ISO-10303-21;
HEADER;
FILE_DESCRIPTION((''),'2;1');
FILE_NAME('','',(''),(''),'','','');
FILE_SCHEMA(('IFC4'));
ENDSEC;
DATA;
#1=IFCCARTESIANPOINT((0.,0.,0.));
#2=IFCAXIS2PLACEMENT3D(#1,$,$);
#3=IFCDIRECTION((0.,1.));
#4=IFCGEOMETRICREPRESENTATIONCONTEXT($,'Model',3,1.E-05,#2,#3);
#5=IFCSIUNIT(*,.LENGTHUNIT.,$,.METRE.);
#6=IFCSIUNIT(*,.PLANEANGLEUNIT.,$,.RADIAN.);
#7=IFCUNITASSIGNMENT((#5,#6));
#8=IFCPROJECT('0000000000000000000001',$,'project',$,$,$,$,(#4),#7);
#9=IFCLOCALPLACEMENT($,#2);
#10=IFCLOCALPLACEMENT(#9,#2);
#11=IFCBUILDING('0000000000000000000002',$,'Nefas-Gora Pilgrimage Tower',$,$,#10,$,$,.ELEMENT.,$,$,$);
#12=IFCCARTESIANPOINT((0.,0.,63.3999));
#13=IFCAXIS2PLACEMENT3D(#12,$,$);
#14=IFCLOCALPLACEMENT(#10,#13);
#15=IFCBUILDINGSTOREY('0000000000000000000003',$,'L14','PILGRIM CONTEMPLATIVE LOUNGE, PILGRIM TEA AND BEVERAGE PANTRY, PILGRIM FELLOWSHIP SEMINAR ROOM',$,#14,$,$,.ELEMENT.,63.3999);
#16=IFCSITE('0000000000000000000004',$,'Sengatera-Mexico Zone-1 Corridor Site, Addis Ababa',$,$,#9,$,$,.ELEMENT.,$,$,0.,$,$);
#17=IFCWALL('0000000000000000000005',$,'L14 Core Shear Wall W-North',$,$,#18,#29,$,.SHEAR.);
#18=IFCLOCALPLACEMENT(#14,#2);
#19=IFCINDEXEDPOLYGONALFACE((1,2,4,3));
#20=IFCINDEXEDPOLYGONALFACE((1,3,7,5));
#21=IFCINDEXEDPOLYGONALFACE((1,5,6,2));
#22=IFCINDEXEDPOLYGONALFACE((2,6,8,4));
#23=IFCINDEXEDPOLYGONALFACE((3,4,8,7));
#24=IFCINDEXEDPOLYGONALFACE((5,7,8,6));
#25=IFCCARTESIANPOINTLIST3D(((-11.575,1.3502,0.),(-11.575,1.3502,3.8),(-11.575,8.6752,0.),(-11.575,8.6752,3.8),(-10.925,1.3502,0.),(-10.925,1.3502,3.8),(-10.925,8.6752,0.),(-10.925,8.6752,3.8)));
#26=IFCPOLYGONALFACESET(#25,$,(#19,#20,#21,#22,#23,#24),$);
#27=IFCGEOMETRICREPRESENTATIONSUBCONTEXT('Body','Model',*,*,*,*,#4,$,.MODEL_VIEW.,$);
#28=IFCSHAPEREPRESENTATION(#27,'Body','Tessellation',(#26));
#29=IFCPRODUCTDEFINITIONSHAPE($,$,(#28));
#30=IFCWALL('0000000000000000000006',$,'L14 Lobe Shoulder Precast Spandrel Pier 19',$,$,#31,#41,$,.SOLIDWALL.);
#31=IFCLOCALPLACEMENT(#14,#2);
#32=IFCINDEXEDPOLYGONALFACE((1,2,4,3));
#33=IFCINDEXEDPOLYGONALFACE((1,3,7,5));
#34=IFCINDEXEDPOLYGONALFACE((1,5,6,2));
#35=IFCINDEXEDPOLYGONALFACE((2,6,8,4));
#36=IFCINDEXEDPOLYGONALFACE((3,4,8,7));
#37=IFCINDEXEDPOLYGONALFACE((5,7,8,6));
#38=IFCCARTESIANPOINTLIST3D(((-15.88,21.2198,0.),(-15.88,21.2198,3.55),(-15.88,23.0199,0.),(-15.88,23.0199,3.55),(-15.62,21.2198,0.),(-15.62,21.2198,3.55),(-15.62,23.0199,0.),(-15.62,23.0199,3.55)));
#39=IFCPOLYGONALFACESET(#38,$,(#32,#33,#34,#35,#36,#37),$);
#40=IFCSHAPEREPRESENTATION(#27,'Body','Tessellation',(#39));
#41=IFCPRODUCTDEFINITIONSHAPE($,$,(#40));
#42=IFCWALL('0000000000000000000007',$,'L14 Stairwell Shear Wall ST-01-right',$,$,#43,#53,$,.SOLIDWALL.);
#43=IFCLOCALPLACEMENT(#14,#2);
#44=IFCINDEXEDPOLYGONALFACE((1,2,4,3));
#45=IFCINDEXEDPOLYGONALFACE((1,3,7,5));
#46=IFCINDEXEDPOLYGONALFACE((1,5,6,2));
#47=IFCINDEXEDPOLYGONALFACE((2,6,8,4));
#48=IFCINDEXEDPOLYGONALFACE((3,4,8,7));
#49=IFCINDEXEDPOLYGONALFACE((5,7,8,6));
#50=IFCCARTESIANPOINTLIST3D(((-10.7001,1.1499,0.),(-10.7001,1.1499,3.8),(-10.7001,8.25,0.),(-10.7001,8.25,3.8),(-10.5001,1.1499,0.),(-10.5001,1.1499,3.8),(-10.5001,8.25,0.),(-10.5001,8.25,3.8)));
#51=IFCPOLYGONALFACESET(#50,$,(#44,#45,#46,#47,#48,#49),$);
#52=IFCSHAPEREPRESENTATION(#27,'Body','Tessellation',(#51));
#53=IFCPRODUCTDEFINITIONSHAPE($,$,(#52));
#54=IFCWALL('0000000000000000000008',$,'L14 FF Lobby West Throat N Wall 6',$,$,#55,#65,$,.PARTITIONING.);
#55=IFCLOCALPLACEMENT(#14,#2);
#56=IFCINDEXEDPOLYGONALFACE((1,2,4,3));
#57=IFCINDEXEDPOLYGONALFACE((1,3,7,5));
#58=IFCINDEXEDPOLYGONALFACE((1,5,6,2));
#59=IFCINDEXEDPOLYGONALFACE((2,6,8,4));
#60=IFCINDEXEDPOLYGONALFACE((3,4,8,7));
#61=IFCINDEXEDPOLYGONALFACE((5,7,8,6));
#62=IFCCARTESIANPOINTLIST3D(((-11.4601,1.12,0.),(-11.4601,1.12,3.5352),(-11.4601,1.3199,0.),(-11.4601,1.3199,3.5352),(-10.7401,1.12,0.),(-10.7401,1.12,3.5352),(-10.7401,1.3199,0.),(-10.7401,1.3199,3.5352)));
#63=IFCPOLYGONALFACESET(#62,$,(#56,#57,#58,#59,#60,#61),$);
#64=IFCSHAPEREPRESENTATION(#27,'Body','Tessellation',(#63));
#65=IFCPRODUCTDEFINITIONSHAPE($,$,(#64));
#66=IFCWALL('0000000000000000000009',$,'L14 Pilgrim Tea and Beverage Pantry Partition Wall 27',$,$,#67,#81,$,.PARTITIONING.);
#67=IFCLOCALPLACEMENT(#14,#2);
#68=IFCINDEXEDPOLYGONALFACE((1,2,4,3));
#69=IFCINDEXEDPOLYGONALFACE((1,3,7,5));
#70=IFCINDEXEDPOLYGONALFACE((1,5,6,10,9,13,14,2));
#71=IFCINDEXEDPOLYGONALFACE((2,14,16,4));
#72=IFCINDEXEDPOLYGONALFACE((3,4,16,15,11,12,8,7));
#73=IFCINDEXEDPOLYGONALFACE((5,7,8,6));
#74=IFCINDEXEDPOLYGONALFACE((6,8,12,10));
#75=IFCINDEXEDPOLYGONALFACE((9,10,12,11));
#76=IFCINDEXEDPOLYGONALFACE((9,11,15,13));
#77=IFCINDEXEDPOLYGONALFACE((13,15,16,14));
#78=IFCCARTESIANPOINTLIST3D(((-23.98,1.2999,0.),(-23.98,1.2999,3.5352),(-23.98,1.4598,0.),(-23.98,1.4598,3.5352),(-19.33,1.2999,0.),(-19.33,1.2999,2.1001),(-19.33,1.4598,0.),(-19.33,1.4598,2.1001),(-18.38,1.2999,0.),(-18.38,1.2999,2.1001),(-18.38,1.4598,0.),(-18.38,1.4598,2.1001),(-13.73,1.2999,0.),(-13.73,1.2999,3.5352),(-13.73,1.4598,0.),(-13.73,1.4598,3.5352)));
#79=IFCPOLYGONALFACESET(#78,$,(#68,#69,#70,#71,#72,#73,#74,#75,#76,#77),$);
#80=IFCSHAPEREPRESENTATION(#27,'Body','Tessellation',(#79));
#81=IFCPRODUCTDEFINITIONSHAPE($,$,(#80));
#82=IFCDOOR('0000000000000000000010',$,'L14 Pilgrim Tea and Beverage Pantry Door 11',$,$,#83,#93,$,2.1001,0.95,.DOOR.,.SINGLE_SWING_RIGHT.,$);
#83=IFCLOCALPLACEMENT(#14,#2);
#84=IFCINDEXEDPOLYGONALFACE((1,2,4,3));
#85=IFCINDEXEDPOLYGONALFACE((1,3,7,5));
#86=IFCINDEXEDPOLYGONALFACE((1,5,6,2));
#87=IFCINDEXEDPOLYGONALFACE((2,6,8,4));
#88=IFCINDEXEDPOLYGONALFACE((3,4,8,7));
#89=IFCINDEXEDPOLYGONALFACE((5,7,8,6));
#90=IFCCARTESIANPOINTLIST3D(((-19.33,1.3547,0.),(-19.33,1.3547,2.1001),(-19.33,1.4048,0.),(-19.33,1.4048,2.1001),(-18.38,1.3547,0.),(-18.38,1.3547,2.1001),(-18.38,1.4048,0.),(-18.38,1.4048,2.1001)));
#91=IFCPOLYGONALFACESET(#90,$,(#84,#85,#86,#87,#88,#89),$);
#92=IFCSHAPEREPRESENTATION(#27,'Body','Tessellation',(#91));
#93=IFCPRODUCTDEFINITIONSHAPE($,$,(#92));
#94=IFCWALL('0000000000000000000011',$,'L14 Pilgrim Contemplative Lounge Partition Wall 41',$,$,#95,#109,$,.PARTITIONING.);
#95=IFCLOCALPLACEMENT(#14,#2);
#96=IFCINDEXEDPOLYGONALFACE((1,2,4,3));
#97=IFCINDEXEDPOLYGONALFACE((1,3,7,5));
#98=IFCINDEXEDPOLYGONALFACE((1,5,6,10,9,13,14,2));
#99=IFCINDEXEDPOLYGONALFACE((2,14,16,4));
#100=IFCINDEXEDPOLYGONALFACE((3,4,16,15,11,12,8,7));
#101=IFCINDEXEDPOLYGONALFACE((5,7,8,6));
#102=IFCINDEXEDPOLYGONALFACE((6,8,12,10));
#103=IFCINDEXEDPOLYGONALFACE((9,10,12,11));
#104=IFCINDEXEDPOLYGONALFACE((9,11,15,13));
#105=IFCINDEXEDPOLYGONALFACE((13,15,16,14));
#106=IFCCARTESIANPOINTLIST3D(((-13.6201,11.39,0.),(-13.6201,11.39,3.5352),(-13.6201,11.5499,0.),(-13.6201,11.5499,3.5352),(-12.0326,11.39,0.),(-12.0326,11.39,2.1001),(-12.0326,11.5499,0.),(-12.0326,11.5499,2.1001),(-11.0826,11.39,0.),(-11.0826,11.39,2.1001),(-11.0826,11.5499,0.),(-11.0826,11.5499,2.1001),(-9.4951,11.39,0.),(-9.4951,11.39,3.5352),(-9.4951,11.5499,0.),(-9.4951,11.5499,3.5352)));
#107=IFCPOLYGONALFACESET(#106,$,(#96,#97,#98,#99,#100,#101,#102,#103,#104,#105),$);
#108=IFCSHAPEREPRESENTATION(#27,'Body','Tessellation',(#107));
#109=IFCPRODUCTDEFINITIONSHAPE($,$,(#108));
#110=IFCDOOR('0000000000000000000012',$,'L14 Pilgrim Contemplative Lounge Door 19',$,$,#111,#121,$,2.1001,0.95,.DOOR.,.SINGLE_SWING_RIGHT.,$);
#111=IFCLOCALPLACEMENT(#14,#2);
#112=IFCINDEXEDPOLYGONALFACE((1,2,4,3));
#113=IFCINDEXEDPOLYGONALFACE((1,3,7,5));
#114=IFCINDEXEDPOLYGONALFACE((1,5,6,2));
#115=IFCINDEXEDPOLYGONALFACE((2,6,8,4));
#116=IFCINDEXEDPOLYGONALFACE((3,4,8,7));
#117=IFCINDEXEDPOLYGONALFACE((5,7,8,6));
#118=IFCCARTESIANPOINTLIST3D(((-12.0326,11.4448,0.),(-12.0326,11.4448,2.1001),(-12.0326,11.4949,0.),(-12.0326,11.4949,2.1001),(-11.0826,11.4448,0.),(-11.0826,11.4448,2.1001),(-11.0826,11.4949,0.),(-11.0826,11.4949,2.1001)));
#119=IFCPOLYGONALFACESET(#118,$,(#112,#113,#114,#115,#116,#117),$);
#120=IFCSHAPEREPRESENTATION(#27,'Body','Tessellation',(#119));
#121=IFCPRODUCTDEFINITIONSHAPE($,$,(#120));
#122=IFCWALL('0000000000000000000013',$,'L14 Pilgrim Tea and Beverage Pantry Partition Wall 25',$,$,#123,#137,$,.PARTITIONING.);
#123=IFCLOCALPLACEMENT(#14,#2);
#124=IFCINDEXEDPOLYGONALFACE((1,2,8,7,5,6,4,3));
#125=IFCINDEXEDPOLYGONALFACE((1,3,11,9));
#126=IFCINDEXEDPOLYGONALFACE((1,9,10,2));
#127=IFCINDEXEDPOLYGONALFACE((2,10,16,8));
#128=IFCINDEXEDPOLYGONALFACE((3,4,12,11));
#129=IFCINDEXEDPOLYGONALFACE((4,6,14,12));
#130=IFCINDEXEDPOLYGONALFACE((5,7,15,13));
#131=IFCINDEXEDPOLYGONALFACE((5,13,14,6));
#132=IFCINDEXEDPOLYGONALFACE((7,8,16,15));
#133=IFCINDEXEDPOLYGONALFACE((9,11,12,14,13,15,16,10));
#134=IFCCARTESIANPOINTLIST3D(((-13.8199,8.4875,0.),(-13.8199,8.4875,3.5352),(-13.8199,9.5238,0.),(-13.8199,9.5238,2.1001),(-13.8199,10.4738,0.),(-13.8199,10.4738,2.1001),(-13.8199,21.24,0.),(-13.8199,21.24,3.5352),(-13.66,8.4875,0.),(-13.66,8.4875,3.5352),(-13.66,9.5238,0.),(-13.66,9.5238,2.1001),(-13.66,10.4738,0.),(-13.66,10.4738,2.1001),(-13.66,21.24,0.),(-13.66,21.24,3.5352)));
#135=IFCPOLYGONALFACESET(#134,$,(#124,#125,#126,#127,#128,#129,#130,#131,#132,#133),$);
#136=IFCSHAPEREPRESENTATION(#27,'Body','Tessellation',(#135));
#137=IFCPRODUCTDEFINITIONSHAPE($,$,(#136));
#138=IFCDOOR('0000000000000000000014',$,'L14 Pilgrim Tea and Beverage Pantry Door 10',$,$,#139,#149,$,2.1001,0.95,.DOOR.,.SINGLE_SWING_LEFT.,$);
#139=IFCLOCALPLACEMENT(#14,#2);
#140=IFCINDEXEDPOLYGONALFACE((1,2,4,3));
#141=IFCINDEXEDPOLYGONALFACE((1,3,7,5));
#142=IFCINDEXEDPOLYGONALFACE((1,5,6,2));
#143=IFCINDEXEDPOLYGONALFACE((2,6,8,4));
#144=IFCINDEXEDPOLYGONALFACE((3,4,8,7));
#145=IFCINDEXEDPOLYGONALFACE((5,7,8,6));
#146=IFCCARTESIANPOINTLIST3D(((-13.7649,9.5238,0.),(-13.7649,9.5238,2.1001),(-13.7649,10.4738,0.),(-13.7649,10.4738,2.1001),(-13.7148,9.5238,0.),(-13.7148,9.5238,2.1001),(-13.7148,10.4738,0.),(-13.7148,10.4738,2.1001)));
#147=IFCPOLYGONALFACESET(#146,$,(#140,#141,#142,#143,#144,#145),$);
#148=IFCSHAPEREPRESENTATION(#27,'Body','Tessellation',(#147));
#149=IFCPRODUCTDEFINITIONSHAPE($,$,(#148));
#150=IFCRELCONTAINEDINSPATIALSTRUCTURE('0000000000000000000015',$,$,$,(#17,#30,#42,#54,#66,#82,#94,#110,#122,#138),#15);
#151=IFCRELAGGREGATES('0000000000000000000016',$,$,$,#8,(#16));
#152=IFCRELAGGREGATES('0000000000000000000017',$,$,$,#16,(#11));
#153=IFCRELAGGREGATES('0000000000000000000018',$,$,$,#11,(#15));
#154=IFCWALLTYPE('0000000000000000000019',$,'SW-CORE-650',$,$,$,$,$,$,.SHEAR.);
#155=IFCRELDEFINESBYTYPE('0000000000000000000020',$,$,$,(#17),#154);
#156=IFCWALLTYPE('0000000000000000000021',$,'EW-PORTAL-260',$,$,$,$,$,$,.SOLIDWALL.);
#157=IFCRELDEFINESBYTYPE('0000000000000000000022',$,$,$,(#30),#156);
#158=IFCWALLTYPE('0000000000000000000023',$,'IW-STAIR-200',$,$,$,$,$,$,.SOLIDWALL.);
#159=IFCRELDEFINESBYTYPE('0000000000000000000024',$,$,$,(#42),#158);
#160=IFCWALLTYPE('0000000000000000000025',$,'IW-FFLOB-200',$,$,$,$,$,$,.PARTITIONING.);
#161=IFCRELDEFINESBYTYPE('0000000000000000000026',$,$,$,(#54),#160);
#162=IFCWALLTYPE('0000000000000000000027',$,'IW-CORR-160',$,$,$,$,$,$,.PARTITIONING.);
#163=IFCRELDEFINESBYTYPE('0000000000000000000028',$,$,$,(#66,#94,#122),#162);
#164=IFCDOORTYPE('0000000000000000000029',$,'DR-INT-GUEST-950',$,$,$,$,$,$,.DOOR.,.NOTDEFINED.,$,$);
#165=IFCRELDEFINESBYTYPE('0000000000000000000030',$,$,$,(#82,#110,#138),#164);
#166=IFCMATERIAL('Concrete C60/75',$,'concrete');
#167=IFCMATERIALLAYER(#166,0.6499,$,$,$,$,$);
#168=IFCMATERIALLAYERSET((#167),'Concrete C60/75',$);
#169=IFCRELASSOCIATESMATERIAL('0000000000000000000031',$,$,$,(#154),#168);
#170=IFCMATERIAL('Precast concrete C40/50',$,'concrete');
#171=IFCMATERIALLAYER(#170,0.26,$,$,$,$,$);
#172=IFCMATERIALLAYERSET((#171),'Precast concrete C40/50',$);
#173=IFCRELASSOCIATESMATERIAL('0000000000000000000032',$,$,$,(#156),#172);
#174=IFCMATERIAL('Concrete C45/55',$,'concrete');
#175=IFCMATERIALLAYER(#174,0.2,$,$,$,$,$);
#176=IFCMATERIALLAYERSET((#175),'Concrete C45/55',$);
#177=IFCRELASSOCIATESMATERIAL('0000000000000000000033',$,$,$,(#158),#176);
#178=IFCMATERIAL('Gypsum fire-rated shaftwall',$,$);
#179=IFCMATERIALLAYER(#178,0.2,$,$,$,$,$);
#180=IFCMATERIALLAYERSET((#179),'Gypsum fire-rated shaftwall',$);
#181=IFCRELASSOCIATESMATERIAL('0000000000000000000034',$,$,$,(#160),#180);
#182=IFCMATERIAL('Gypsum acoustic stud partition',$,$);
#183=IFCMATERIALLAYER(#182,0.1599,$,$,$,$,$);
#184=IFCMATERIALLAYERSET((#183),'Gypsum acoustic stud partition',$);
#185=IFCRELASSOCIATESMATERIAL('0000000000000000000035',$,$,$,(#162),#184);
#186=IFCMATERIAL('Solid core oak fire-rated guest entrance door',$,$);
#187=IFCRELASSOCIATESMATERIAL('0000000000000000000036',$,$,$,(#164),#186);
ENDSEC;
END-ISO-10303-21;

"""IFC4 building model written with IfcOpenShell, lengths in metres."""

from ifc_helpers import new_model, si_unit, direction, frame, frame_2d, origin, place, context, subcontext, project, spatial, rectangle, extrude, source, transform, mapped, material, layer, layer_set, type_object, element, fill, save


model = new_model("IFC4")

# Units and contexts
model_context = context("Model", 3, precision=1e-05, world=origin(), true_north=direction((0.0, 1.0)))
body_context = subcontext(model_context, "Body", "Model", "MODEL_VIEW")
ifc_project = project(units=[si_unit("LENGTHUNIT", "METRE"), si_unit("PLANEANGLEUNIT", "RADIAN")], contexts=[model_context])

# Site, building, storey
site_placement = place(None, origin())
site = spatial("IfcSite", under=ifc_project, at=site_placement, Name="Sengatera-Mexico Zone-1 Corridor Site, Addis Ababa", CompositionType="ELEMENT", RefElevation=0.0)
building_placement = place(site_placement, origin())
building = spatial("IfcBuilding", under=site, at=building_placement, Name="Nefas-Gora Pilgrimage Tower", CompositionType="ELEMENT")
storey_placement = place(building_placement, frame((0.0, 0.0, 63.3999)))
storey = spatial("IfcBuildingStorey", under=building, at=storey_placement, Name="L14", Description="PILGRIM CONTEMPLATIVE LOUNGE, PILGRIM TEA AND BEVERAGE PANTRY, PILGRIM FELLOWSHIP SEMINAR ROOM", CompositionType="ELEMENT", Elevation=63.3999)

# Walls
ifc_material_1 = material(Name="Concrete C60/75", Category="concrete")
ifc_layer_1 = layer(ifc_material_1, 0.6499)
ifc_layer_set_1 = layer_set([ifc_layer_1], Name="Concrete C60/75")
wall_type_1 = type_object("IfcWallType", Name="SW-CORE-650", PredefinedType="SHEAR", material=ifc_layer_set_1)
shared_shape_1 = source(origin(), body_context, "Body", "SweptSolid", [
    extrude(rectangle(XDim=7.325, YDim=0.6499, at=frame_2d((3.6626, 0.0))), origin(), (0.0, 0.0, 1.0), 3.8),
])
wall_1_placement = place(storey_placement, frame((-11.25, 1.3501, 0.0), z_axis=(0.0, 0.0, 1.0), x_axis=(0.0, 1.0, 0.0)))
element("IfcWall", 1, at=wall_1_placement, inside=storey, type_object=wall_type_1, Name="L14 Core Shear Wall W-North", PredefinedType="SHEAR", context=body_context, shape_type="MappedRepresentation", body=[
    mapped(shared_shape_1, transform((0.0, 0.0, 0.0), x_axis=(1.0, 0.0, 0.0), y_axis=(0.0, 1.0, 0.0), z_axis=(0.0, 0.0, 1.0), scale=1.0)),
])
ifc_material_2 = material(Name="Precast concrete C40/50", Category="concrete")
ifc_layer_2 = layer(ifc_material_2, 0.26)
ifc_layer_set_2 = layer_set([ifc_layer_2], Name="Precast concrete C40/50")
wall_type_2 = type_object("IfcWallType", Name="EW-PORTAL-260", PredefinedType="SOLIDWALL", material=ifc_layer_set_2)
shared_shape_2 = source(origin(), body_context, "Body", "SweptSolid", [
    extrude(rectangle(XDim=1.8, YDim=0.26, at=frame_2d((0.8999, 0.0))), origin(), (0.0, 0.0, 1.0), 3.55),
])
wall_2_placement = place(storey_placement, frame((-15.75, 21.22, 0.0), z_axis=(0.0, 0.0, 1.0), x_axis=(0.0, 1.0, 0.0)))
element("IfcWall", 2, at=wall_2_placement, inside=storey, type_object=wall_type_2, Name="L14 Lobe Shoulder Precast Spandrel Pier 19", PredefinedType="SOLIDWALL", context=body_context, shape_type="MappedRepresentation", body=[
    mapped(shared_shape_2, transform((0.0, 0.0, 0.0), x_axis=(1.0, 0.0, 0.0), y_axis=(0.0, 1.0, 0.0), z_axis=(0.0, 0.0, 1.0), scale=1.0)),
])
ifc_material_3 = material(Name="Concrete C45/55", Category="concrete")
ifc_layer_3 = layer(ifc_material_3, 0.2)
ifc_layer_set_3 = layer_set([ifc_layer_3], Name="Concrete C45/55")
wall_type_3 = type_object("IfcWallType", Name="IW-STAIR-200", PredefinedType="SOLIDWALL", material=ifc_layer_set_3)
shared_shape_3 = source(origin(), body_context, "Body", "SweptSolid", [
    extrude(rectangle(XDim=7.1001, YDim=0.2, at=frame_2d((3.55, 0.0))), origin(), (0.0, 0.0, 1.0), 3.8),
])
wall_3_placement = place(storey_placement, frame((-10.6001, 1.1499, 0.0), z_axis=(0.0, 0.0, 1.0), x_axis=(0.0, 1.0, 0.0)))
element("IfcWall", 3, at=wall_3_placement, inside=storey, type_object=wall_type_3, Name="L14 Stairwell Shear Wall ST-01-right", PredefinedType="SOLIDWALL", context=body_context, shape_type="MappedRepresentation", body=[
    mapped(shared_shape_3, transform((0.0, 0.0, 0.0), x_axis=(1.0, 0.0, 0.0), y_axis=(0.0, 1.0, 0.0), z_axis=(0.0, 0.0, 1.0), scale=1.0)),
])
ifc_material_4 = material(Name="Gypsum fire-rated shaftwall")
ifc_layer_4 = layer(ifc_material_4, 0.2)
ifc_layer_set_4 = layer_set([ifc_layer_4], Name="Gypsum fire-rated shaftwall")
wall_type_4 = type_object("IfcWallType", Name="IW-FFLOB-200", PredefinedType="PARTITIONING", material=ifc_layer_set_4)
shared_shape_4 = source(origin(), body_context, "Body", "SweptSolid", [
    extrude(rectangle(XDim=0.72, YDim=0.2, at=frame_2d((0.3599, 0.0))), origin(), (0.0, 0.0, 1.0), 3.5352),
])
wall_4_placement = place(storey_placement, frame((-11.46, 1.22, 0.0), z_axis=(0.0, 0.0, 1.0), x_axis=(1.0, 0.0, 0.0)))
element("IfcWall", 4, at=wall_4_placement, inside=storey, type_object=wall_type_4, Name="L14 FF Lobby West Throat N Wall 6", PredefinedType="PARTITIONING", context=body_context, shape_type="MappedRepresentation", body=[
    mapped(shared_shape_4, transform((0.0, 0.0, 0.0), x_axis=(1.0, 0.0, 0.0), y_axis=(0.0, 1.0, 0.0), z_axis=(0.0, 0.0, 1.0), scale=1.0)),
])

# Walls, openings, doors
ifc_material_5 = material(Name="Gypsum acoustic stud partition")
ifc_layer_5 = layer(ifc_material_5, 0.1599)
ifc_layer_set_5 = layer_set([ifc_layer_5], Name="Gypsum acoustic stud partition")
wall_type_5 = type_object("IfcWallType", Name="IW-CORR-160", PredefinedType="PARTITIONING", material=ifc_layer_set_5)
shared_shape_5 = source(origin(), body_context, "Body", "SweptSolid", [
    extrude(rectangle(XDim=10.25, YDim=0.1599, at=frame_2d((5.125, 0.0))), origin(), (0.0, 0.0, 1.0), 3.5352),
])
wall_5_placement = place(storey_placement, frame((-23.98, 1.3799, 0.0), z_axis=(0.0, 0.0, 1.0), x_axis=(1.0, 0.0, 0.0)))
wall_5 = element("IfcWall", 5, at=wall_5_placement, inside=storey, type_object=wall_type_5, Name="L14 Pilgrim Tea and Beverage Pantry Partition Wall 27", PredefinedType="PARTITIONING", context=body_context, shape_type="MappedRepresentation", body=[
    mapped(shared_shape_5, transform((0.0, 0.0, 0.0), x_axis=(1.0, 0.0, 0.0), y_axis=(0.0, 1.0, 0.0), z_axis=(0.0, 0.0, 1.0), scale=1.0)),
])
opening_1_placement = place(wall_5_placement, frame((4.6499, 0.0, 0.0)))
opening_1 = element("IfcOpeningElement", 6, at=opening_1_placement, cuts=wall_5, PredefinedType="OPENING", context=body_context, shape_type="SweptSolid", body=[
    extrude(rectangle(XDim=0.95, YDim=2.1001, at=frame_2d((0.4751, 1.05))), frame((0.0, 0.0898, 0.0), z_axis=(0.0, -1.0, 0.0), x_axis=(1.0, 0.0, 0.0)), (0.0, 0.0, 1.0), 0.1799),
])
ifc_material_6 = material(Name="Solid core oak fire-rated guest entrance door")
door_type = type_object("IfcDoorType", Name="DR-INT-GUEST-950", OperationType="NOTDEFINED", PredefinedType="DOOR", material=ifc_material_6)
shared_shape_6 = source(origin(), body_context, "Body", "SweptSolid", [
    extrude(rectangle(XDim=0.95, YDim=2.1001, at=frame_2d((0.4751, 1.05))), frame((0.0, 0.0249, 0.0), z_axis=(0.0, -1.0, 0.0), x_axis=(1.0, 0.0, 0.0)), (0.0, 0.0, 1.0), 0.05),
])
door_1_placement = place(opening_1_placement, origin())
door_1 = element("IfcDoor", 7, at=door_1_placement, inside=storey, type_object=door_type, Name="L14 Pilgrim Tea and Beverage Pantry Door 11", OperationType="SINGLE_SWING_RIGHT", OverallHeight=2.1001, OverallWidth=0.95, PredefinedType="DOOR", context=body_context, shape_type="MappedRepresentation", body=[
    mapped(shared_shape_6, transform((0.0, 0.0, 0.0), x_axis=(1.0, 0.0, 0.0), y_axis=(0.0, 1.0, 0.0), z_axis=(0.0, 0.0, 1.0), scale=1.0)),
])
fill(opening_1, door_1)
shared_shape_7 = source(origin(), body_context, "Body", "SweptSolid", [
    extrude(rectangle(XDim=4.125, YDim=0.1599, at=frame_2d((2.0625, 0.0))), origin(), (0.0, 0.0, 1.0), 3.5352),
])
wall_6_placement = place(storey_placement, frame((-13.6201, 11.47, 0.0), z_axis=(0.0, 0.0, 1.0), x_axis=(1.0, 0.0, 0.0)))
wall_6 = element("IfcWall", 8, at=wall_6_placement, inside=storey, type_object=wall_type_5, Name="L14 Pilgrim Contemplative Lounge Partition Wall 41", PredefinedType="PARTITIONING", context=body_context, shape_type="MappedRepresentation", body=[
    mapped(shared_shape_7, transform((0.0, 0.0, 0.0), x_axis=(1.0, 0.0, 0.0), y_axis=(0.0, 1.0, 0.0), z_axis=(0.0, 0.0, 1.0), scale=1.0)),
])
opening_2_placement = place(wall_6_placement, frame((1.5874, 0.0, 0.0)))
opening_2 = element("IfcOpeningElement", 9, at=opening_2_placement, cuts=wall_6, PredefinedType="OPENING", context=body_context, shape_type="SweptSolid", body=[
    extrude(rectangle(XDim=0.95, YDim=2.1001, at=frame_2d((0.4751, 1.05))), frame((0.0, 0.0898, 0.0), z_axis=(0.0, -1.0, 0.0), x_axis=(1.0, 0.0, 0.0)), (0.0, 0.0, 1.0), 0.1799),
])
door_2_placement = place(opening_2_placement, origin())
door_2 = element("IfcDoor", 10, at=door_2_placement, inside=storey, type_object=door_type, Name="L14 Pilgrim Contemplative Lounge Door 19", OperationType="SINGLE_SWING_RIGHT", OverallHeight=2.1001, OverallWidth=0.95, PredefinedType="DOOR", context=body_context, shape_type="MappedRepresentation", body=[
    mapped(shared_shape_6, transform((0.0, 0.0, 0.0), x_axis=(1.0, 0.0, 0.0), y_axis=(0.0, 1.0, 0.0), z_axis=(0.0, 0.0, 1.0), scale=1.0)),
])
fill(opening_2, door_2)
shared_shape_8 = source(origin(), body_context, "Body", "SweptSolid", [
    extrude(rectangle(XDim=12.7524, YDim=0.1599, at=frame_2d((6.3762, 0.0))), origin(), (0.0, 0.0, 1.0), 3.5352),
])
wall_7_placement = place(storey_placement, frame((-13.74, 8.4875, 0.0), z_axis=(0.0, 0.0, 1.0), x_axis=(0.0, 1.0, 0.0)))
wall_7 = element("IfcWall", 11, at=wall_7_placement, inside=storey, type_object=wall_type_5, Name="L14 Pilgrim Tea and Beverage Pantry Partition Wall 25", PredefinedType="PARTITIONING", context=body_context, shape_type="MappedRepresentation", body=[
    mapped(shared_shape_8, transform((0.0, 0.0, 0.0), x_axis=(1.0, 0.0, 0.0), y_axis=(0.0, 1.0, 0.0), z_axis=(0.0, 0.0, 1.0), scale=1.0)),
])
opening_3_placement = place(wall_7_placement, frame((1.0361, 0.0, 0.0)))
opening_3 = element("IfcOpeningElement", 12, at=opening_3_placement, cuts=wall_7, PredefinedType="OPENING", context=body_context, shape_type="SweptSolid", body=[
    extrude(rectangle(XDim=0.95, YDim=2.1001, at=frame_2d((0.4751, 1.05))), frame((0.0, 0.0898, 0.0), z_axis=(0.0, -1.0, 0.0), x_axis=(1.0, 0.0, 0.0)), (0.0, 0.0, 1.0), 0.1799),
])
door_3_placement = place(opening_3_placement, origin())
door_3 = element("IfcDoor", 13, at=door_3_placement, inside=storey, type_object=door_type, Name="L14 Pilgrim Tea and Beverage Pantry Door 10", OperationType="SINGLE_SWING_LEFT", OverallHeight=2.1001, OverallWidth=0.95, PredefinedType="DOOR", context=body_context, shape_type="MappedRepresentation", body=[
    mapped(shared_shape_6, transform((0.0, 0.0, 0.0), x_axis=(1.0, 0.0, 0.0), y_axis=(0.0, 1.0, 0.0), z_axis=(0.0, 0.0, 1.0), scale=1.0)),
])
fill(opening_3, door_3)

save(model, "model.ifc")
